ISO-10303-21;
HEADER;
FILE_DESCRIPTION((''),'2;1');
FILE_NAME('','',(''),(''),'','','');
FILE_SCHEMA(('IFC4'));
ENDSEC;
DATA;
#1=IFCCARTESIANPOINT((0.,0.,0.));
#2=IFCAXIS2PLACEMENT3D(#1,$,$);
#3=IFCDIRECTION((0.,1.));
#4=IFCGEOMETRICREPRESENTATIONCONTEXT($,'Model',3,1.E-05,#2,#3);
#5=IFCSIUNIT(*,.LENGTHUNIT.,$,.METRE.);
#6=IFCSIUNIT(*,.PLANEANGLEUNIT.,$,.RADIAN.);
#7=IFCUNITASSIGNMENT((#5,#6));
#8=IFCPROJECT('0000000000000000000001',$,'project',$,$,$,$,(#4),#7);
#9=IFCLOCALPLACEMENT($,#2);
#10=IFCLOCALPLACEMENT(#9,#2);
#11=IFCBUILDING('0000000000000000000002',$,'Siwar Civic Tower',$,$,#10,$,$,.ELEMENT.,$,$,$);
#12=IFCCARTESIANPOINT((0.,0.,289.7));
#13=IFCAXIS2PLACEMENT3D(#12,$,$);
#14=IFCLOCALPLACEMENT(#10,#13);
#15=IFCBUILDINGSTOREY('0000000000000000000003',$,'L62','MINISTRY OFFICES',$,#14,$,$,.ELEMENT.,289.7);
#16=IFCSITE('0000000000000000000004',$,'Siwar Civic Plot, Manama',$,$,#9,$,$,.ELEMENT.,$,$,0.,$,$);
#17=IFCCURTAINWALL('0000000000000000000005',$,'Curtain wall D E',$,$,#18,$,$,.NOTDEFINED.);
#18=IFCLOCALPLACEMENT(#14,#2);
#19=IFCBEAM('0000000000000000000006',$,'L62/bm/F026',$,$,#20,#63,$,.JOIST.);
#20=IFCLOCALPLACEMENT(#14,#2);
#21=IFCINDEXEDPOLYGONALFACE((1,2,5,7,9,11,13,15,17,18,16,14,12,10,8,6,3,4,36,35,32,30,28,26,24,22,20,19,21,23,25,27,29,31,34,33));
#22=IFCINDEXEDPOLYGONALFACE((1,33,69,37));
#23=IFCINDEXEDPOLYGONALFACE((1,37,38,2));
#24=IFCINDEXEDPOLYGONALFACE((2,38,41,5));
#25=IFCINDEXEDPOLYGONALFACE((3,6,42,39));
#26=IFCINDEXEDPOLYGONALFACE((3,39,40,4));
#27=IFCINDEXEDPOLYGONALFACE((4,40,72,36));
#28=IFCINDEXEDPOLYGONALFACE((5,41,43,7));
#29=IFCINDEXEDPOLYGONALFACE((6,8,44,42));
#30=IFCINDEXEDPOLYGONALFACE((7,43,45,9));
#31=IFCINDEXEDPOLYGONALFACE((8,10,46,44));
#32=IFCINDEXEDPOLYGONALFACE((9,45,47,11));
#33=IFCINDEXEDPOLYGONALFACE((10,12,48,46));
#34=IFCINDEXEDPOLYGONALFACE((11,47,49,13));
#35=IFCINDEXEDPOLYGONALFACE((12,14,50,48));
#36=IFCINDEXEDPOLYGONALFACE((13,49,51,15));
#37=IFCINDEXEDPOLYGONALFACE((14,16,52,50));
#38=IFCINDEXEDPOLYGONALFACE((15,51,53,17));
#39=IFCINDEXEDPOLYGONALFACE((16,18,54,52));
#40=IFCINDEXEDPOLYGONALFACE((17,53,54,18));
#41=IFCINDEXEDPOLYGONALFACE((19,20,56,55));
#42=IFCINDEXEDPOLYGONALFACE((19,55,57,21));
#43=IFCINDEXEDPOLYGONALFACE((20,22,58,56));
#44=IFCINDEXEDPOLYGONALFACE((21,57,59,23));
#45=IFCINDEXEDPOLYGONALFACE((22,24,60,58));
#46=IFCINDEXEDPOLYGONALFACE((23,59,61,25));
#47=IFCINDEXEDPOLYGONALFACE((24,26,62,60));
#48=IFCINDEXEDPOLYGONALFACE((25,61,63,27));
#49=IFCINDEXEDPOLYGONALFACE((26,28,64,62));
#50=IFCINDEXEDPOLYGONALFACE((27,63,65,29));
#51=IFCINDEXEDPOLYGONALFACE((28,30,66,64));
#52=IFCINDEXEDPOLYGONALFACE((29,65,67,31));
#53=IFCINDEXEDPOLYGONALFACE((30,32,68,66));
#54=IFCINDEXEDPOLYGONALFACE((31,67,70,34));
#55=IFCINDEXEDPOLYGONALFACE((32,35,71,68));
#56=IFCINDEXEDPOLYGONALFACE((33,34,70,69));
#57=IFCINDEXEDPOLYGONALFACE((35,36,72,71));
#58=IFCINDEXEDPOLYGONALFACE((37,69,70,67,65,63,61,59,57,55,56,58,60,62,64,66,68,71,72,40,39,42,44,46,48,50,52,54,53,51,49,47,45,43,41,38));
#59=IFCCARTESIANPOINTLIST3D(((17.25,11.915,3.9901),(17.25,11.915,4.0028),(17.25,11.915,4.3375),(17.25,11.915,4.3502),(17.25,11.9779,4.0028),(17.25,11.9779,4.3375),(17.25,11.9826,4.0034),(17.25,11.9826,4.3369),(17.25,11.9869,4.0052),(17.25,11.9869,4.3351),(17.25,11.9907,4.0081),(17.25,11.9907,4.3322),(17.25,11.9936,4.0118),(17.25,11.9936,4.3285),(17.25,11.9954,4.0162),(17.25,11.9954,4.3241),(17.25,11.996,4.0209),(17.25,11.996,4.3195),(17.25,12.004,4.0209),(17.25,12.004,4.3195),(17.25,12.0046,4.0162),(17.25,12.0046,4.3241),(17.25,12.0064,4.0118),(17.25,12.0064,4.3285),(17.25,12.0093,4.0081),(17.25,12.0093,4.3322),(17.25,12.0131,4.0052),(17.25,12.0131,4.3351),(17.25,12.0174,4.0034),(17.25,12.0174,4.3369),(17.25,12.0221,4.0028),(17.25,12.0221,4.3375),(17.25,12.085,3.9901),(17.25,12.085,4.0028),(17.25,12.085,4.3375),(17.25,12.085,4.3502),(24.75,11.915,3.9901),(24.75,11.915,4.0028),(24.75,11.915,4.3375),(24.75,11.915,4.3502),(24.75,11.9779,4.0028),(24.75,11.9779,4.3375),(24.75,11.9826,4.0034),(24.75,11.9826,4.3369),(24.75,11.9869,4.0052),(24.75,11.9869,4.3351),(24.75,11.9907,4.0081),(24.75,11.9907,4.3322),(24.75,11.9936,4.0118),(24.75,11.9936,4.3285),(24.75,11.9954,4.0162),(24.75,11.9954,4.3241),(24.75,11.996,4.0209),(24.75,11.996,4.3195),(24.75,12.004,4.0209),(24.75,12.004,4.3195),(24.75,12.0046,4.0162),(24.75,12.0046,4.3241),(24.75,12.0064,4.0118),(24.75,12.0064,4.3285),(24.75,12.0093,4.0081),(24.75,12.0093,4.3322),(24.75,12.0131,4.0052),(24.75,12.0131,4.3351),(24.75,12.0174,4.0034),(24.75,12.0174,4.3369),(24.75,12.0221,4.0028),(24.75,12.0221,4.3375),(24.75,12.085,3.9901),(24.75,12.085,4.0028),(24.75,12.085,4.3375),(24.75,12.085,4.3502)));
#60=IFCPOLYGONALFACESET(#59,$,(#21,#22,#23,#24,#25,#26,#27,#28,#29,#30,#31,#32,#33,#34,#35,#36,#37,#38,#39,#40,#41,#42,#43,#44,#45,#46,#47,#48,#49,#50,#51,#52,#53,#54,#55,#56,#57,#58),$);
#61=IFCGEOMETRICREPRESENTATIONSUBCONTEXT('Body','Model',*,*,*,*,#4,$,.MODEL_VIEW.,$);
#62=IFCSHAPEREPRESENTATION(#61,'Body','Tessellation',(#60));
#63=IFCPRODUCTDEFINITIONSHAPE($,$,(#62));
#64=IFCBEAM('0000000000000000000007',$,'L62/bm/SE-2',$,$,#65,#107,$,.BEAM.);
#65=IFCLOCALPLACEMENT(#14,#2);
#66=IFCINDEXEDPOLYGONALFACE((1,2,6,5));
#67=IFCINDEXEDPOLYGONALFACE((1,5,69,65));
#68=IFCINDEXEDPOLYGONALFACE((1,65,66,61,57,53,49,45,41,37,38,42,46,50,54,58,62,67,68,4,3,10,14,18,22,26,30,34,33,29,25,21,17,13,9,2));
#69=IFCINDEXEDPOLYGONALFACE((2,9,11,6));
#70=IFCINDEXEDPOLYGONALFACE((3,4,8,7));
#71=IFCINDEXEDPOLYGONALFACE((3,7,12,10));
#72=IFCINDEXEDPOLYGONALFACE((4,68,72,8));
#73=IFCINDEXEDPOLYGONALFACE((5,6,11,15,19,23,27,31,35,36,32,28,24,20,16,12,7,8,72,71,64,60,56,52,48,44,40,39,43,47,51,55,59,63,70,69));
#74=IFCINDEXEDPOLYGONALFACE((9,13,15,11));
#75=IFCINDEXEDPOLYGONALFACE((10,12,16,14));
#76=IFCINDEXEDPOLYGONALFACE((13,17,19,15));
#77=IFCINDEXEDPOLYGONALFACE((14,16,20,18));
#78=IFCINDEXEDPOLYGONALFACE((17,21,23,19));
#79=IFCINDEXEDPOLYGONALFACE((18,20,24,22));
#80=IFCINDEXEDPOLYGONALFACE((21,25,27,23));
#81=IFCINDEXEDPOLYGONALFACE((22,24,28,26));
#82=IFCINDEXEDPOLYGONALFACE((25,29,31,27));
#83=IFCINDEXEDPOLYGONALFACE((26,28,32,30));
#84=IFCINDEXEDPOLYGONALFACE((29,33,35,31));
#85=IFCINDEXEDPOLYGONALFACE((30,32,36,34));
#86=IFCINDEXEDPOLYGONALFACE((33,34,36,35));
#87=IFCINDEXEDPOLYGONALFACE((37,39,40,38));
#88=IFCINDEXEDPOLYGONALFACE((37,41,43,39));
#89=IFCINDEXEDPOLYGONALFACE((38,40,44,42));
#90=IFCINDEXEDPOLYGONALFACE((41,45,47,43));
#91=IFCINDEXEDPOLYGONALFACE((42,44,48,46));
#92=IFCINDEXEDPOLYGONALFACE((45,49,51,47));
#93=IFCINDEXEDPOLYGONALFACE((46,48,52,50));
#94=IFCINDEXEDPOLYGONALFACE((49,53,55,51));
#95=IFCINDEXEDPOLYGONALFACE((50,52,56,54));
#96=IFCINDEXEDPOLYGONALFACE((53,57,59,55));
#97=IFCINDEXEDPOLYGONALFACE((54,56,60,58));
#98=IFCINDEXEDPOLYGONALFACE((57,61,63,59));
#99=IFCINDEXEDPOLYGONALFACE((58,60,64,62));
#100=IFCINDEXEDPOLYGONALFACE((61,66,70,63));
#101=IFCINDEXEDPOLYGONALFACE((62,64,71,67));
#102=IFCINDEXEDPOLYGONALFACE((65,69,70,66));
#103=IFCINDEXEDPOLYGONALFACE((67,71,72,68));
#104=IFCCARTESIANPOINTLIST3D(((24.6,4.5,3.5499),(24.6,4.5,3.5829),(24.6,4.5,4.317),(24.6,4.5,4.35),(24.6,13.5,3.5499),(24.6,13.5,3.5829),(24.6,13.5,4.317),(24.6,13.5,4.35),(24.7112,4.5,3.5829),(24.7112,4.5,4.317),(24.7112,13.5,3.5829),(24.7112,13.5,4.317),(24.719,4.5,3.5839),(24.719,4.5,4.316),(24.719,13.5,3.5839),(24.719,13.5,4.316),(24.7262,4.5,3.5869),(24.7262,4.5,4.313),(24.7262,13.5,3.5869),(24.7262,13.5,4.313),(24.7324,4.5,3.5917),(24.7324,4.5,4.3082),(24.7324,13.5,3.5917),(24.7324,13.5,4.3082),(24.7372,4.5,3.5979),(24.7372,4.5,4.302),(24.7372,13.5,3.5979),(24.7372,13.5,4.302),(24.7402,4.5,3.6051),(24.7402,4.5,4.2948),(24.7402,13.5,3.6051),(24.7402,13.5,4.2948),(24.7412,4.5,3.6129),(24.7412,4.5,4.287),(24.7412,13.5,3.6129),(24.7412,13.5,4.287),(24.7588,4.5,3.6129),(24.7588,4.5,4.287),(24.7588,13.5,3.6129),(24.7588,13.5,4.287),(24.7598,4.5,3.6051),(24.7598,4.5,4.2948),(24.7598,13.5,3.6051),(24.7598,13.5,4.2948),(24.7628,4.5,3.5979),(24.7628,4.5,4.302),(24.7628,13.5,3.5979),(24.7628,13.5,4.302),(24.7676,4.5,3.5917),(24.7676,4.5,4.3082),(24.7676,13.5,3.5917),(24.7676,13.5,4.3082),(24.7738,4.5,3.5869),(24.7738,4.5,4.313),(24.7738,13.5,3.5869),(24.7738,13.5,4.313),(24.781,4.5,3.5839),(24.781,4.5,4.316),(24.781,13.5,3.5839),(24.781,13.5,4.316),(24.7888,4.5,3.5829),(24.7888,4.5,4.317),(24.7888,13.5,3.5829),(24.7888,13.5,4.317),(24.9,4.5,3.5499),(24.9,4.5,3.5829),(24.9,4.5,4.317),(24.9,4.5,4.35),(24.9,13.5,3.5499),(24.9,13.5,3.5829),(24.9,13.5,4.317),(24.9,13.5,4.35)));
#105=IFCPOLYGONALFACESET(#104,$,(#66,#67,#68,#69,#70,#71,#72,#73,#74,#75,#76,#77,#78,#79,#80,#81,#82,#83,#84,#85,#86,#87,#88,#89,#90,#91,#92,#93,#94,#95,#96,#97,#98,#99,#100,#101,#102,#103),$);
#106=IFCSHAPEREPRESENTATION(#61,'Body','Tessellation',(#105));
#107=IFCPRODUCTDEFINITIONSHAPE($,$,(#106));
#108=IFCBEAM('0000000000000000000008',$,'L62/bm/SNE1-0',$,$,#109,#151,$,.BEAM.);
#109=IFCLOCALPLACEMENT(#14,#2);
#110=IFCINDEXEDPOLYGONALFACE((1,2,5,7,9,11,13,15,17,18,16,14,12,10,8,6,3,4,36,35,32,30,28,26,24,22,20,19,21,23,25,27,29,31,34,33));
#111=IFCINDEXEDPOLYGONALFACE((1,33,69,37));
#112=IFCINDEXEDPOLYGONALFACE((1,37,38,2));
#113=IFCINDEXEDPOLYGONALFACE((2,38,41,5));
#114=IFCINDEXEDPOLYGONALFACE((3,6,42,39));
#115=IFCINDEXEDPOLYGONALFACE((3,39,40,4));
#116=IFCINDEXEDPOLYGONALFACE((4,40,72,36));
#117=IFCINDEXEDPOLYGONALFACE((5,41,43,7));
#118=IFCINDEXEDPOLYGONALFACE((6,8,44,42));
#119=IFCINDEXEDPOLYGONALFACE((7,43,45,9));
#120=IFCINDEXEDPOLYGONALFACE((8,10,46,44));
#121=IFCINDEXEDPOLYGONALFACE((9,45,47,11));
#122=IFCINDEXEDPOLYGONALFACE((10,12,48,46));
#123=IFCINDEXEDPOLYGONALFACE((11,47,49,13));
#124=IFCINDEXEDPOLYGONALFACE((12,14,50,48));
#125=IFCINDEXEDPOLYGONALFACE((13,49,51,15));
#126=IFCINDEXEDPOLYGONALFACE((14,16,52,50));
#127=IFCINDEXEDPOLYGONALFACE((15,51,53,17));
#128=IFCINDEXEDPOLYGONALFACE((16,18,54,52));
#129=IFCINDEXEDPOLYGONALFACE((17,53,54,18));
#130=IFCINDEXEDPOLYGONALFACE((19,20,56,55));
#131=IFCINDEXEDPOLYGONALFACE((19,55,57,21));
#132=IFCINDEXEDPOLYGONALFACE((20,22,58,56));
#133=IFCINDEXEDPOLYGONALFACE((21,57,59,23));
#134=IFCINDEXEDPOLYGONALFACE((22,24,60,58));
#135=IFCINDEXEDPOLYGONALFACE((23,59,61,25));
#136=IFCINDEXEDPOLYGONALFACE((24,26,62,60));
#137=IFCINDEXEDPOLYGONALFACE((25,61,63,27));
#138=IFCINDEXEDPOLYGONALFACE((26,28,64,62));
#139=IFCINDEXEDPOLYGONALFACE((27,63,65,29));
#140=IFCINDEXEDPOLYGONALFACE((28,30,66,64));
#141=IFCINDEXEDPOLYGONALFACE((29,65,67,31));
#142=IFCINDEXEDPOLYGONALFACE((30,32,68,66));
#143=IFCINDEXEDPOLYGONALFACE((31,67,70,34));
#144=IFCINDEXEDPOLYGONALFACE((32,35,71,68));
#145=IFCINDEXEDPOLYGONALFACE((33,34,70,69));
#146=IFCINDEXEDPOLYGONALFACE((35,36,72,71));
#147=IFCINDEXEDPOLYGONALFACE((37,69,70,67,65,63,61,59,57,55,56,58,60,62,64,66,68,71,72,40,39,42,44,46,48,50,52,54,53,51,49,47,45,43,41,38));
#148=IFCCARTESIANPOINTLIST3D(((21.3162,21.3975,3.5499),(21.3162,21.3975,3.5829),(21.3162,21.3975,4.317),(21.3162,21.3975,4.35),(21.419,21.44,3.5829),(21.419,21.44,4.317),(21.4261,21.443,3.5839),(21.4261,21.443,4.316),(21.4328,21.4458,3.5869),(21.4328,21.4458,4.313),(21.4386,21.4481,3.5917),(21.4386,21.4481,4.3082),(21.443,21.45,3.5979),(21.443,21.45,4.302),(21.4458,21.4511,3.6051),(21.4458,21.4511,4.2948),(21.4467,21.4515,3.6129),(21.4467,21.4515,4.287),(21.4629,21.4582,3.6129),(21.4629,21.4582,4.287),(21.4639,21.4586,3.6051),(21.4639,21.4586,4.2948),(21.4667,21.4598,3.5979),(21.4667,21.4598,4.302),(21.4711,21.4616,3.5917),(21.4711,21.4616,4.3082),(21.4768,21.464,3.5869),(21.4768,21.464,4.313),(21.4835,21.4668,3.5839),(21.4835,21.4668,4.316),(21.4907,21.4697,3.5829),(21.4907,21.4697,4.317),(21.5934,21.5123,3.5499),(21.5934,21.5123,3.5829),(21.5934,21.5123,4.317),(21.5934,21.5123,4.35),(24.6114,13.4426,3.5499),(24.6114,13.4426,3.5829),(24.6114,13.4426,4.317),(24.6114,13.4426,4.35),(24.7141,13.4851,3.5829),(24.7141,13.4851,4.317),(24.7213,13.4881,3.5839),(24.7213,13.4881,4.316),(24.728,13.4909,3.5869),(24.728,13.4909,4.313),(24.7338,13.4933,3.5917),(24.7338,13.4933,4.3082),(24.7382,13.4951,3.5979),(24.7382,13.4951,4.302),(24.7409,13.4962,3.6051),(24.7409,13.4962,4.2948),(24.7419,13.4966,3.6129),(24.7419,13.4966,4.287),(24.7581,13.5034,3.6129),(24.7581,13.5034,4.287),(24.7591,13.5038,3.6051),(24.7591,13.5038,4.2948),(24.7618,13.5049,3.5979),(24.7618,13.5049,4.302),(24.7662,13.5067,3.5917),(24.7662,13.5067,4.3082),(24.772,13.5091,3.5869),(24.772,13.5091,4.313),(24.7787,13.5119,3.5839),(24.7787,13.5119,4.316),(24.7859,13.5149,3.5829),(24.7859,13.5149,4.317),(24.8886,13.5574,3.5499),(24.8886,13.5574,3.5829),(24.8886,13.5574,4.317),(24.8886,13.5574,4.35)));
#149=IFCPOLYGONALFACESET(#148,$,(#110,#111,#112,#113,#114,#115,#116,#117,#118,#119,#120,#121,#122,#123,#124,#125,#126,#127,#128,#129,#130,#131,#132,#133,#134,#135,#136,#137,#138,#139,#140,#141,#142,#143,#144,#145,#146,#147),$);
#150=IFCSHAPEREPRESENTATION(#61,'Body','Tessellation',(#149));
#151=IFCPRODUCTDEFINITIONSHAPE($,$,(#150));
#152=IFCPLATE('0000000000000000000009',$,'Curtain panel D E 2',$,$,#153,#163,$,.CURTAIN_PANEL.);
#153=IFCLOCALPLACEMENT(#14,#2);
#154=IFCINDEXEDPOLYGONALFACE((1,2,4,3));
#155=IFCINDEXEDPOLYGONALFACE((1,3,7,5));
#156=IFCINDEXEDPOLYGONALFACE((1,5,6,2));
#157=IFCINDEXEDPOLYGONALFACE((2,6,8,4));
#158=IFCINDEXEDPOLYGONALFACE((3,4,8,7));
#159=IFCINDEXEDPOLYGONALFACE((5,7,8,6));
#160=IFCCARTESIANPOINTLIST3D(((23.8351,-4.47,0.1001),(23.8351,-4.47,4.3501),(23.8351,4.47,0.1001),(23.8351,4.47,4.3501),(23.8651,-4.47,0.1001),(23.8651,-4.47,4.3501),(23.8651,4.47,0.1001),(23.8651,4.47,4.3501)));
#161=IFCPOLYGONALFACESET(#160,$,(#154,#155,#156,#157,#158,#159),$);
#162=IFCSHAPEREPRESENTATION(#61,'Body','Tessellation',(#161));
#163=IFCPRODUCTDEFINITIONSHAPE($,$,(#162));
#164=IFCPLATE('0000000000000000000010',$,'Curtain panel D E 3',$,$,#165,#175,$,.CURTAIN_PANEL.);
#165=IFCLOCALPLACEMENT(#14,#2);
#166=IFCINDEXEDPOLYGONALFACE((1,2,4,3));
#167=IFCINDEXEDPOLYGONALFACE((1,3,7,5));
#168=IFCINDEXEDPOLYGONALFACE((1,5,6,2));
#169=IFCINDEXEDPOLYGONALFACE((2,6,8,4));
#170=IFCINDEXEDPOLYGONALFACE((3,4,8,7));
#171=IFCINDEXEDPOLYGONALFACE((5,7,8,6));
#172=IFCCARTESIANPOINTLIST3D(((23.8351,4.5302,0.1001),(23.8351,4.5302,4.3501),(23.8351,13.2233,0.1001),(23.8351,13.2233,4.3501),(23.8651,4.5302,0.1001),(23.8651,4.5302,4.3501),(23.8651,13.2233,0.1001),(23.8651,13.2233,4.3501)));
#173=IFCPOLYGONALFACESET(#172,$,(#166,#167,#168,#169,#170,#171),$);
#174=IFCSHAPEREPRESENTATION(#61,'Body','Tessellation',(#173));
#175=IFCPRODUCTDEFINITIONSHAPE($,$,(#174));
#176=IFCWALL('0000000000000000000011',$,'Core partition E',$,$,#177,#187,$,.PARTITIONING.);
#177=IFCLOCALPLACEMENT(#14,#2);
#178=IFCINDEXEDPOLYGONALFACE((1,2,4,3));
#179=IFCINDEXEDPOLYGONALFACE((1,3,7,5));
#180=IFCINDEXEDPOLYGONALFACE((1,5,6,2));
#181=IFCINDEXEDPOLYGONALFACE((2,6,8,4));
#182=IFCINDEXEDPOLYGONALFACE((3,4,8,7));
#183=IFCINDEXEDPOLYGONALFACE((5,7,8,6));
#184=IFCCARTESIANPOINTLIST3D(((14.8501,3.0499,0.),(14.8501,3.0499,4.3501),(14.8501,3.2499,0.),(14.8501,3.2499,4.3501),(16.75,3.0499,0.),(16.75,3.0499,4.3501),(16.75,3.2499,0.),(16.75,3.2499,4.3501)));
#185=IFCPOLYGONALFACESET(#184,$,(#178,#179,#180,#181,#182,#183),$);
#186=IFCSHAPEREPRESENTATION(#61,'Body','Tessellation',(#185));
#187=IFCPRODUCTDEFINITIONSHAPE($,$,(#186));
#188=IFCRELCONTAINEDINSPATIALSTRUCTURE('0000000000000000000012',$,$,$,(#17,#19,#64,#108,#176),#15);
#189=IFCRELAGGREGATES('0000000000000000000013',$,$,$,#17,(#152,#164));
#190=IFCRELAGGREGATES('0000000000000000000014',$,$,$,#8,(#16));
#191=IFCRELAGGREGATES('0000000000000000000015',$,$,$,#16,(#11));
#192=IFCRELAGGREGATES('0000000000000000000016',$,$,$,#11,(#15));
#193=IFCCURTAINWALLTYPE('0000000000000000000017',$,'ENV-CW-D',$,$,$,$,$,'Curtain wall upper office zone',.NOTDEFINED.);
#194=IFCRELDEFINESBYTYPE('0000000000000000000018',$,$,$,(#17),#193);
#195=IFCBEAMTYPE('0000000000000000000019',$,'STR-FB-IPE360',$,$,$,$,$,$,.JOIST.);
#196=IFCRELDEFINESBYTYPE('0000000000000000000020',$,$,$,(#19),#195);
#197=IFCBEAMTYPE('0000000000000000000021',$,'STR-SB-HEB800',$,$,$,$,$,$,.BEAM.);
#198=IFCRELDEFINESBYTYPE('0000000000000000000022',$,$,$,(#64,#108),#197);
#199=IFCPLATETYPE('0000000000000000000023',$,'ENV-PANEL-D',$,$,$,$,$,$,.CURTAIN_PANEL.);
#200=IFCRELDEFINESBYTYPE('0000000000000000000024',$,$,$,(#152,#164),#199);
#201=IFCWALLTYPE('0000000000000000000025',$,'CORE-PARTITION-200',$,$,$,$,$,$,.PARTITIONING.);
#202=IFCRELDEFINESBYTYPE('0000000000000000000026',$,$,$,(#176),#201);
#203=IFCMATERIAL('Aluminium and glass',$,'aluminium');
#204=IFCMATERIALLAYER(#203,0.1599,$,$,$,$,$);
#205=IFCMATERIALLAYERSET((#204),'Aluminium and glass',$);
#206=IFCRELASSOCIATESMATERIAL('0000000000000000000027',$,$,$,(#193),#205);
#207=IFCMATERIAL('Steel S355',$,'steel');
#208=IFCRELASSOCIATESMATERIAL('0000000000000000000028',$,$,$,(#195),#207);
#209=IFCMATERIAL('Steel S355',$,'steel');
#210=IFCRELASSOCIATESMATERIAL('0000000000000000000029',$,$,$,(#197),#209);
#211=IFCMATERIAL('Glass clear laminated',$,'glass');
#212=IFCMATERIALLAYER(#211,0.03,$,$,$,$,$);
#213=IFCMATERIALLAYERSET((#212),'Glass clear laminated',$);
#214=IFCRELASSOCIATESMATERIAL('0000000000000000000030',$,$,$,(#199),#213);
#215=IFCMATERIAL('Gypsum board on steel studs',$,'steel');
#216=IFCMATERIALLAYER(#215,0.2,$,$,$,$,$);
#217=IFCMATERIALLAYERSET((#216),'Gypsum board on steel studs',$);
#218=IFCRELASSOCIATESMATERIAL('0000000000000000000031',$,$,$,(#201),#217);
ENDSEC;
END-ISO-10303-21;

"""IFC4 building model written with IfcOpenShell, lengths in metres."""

from ifc_helpers import new_model, si_unit, direction, frame, frame_2d, origin, origin_2d, place, context, subcontext, project, spatial, rectangle, i_section, extrude, material, layer, layer_set, material_profile, profile_set, type_object, element, aggregate, save


model = new_model("IFC4")

# Units and contexts
model_context = context("Model", 3, precision=1e-05, world=origin(), true_north=direction((0.0, 1.0)))
body_context = subcontext(model_context, "Body", "Model", "MODEL_VIEW")
ifc_project = project(units=[si_unit("LENGTHUNIT", "METRE"), si_unit("PLANEANGLEUNIT", "RADIAN")], contexts=[model_context])

# Site, building, storey
site_placement = place(None, origin())
site = spatial("IfcSite", under=ifc_project, at=site_placement, Name="Siwar Civic Plot, Manama", CompositionType="ELEMENT", RefElevation=0.0)
building_placement = place(site_placement, origin())
building = spatial("IfcBuilding", under=site, at=building_placement, Name="Siwar Civic Tower", CompositionType="ELEMENT")
storey_placement = place(building_placement, frame((0.0, 0.0, 289.7)))
storey = spatial("IfcBuildingStorey", under=building, at=storey_placement, Name="L62", Description="MINISTRY OFFICES", CompositionType="ELEMENT", Elevation=289.7)

# Curtain wall
ifc_material_1 = material(Name="Aluminium and glass", Category="aluminium")
ifc_layer_1 = layer(ifc_material_1, 0.1599)
ifc_layer_set_1 = layer_set([ifc_layer_1], Name="Aluminium and glass")
curtain_wall_type_1 = type_object("IfcCurtainWallType", Name="ENV-CW-D", ElementType="Curtain wall upper office zone", PredefinedType="NOTDEFINED", material=ifc_layer_set_1)
curtain_wall_1_placement = place(storey_placement, origin())
curtain_wall_1 = element("IfcCurtainWall", 1, at=curtain_wall_1_placement, inside=storey, type_object=curtain_wall_type_1, Name="Curtain wall D E", PredefinedType="NOTDEFINED")

# Beams
ifc_material_2 = material(Name="Steel S355", Category="steel")
ifc_material_profile_1 = material_profile(ifc_material_2, i_section(OverallWidth=0.1699, OverallDepth=0.3601, WebThickness=0.0081, FlangeThickness=0.0127, FilletRadius=0.0181, at=origin_2d()), Name="IPE360")
ifc_profile_set_1 = profile_set([ifc_material_profile_1], Name="Steel S355")
beam_type_1 = type_object("IfcBeamType", Name="STR-FB-IPE360", PredefinedType="JOIST", material=ifc_profile_set_1)
for number, where, z_axis, x_axis, name in (
    (2, (17.25, 12.0, 4.1702), (1.0, 0.0, 0.0), (0.0, 1.0, 0.0), "L62/bm/F026"),
):
    element("IfcBeam", number, at=place(storey_placement, frame(where, z_axis=z_axis, x_axis=x_axis)), inside=storey, type_object=beam_type_1, Name=name, PredefinedType="JOIST", context=body_context, shape_type="SweptSolid", body=[
        extrude(i_section(OverallWidth=0.1699, OverallDepth=0.3601, WebThickness=0.0081, FlangeThickness=0.0127, FilletRadius=0.0181, at=origin_2d()), origin(), (0.0, 0.0, 1.0), 7.5),
    ])
ifc_material_3 = material(Name="Steel S355", Category="steel")
ifc_material_profile_2 = material_profile(ifc_material_3, i_section(OverallWidth=0.3, OverallDepth=0.8, WebThickness=0.0176, FlangeThickness=0.033, FilletRadius=0.03, at=origin_2d()), Name="HEB800")
ifc_profile_set_2 = profile_set([ifc_material_profile_2], Name="Steel S355")
beam_type_2 = type_object("IfcBeamType", Name="STR-SB-HEB800", PredefinedType="BEAM", material=ifc_profile_set_2)
beam_1_placement = place(storey_placement, frame((24.75, 4.5, 3.95), z_axis=(0.0, 1.0, 0.0), x_axis=(-1.0, 0.0, 0.0)))
element("IfcBeam", 3, at=beam_1_placement, inside=storey, type_object=beam_type_2, Name="L62/bm/SE-2", PredefinedType="BEAM", context=body_context, shape_type="SweptSolid", body=[
    extrude(i_section(OverallWidth=0.3, OverallDepth=0.8, WebThickness=0.0176, FlangeThickness=0.033, FilletRadius=0.03, at=origin_2d()), origin(), (0.0, 0.0, 1.0), 9.0),
])
beam_2_placement = place(storey_placement, frame((24.75, 13.5, 3.95), z_axis=(-0.3827, 0.923873, 0.0), x_axis=(-0.923873, -0.3827, 0.0)))
element("IfcBeam", 4, at=beam_2_placement, inside=storey, type_object=beam_type_2, Name="L62/bm/SNE1-0", PredefinedType="BEAM", context=body_context, shape_type="SweptSolid", body=[
    extrude(i_section(OverallWidth=0.3, OverallDepth=0.8, WebThickness=0.0176, FlangeThickness=0.033, FilletRadius=0.03, at=origin_2d()), origin(), (0.0, 0.0, 1.0), 8.6104),
])

# Plates
ifc_material_4 = material(Name="Glass clear laminated", Category="glass")
ifc_layer_2 = layer(ifc_material_4, 0.03)
ifc_layer_set_2 = layer_set([ifc_layer_2], Name="Glass clear laminated")
plate_type = type_object("IfcPlateType", Name="ENV-PANEL-D", PredefinedType="CURTAIN_PANEL", material=ifc_layer_set_2)
plate_1_placement = place(storey_placement, frame((23.8501, 0.0, 0.1001), z_axis=(0.0, 0.0, 1.0), x_axis=(0.0, 1.0, 0.0)))
plate_1 = element("IfcPlate", 5, at=plate_1_placement, type_object=plate_type, Name="Curtain panel D E 2", PredefinedType="CURTAIN_PANEL", context=body_context, shape_type="SweptSolid", body=[
    extrude(rectangle(XDim=8.9399, YDim=0.03, at=origin_2d()), origin(), (0.0, 0.0, 1.0), 4.25),
])
plate_2_placement = place(storey_placement, frame((23.8501, 8.8767, 0.1001), z_axis=(0.0, 0.0, 1.0), x_axis=(0.0, 1.0, 0.0)))
plate_2 = element("IfcPlate", 6, at=plate_2_placement, type_object=plate_type, Name="Curtain panel D E 3", PredefinedType="CURTAIN_PANEL", context=body_context, shape_type="SweptSolid", body=[
    extrude(rectangle(XDim=8.6931, YDim=0.03, at=origin_2d()), origin(), (0.0, 0.0, 1.0), 4.25),
])
aggregate(curtain_wall_1, [plate_1, plate_2])

# Wall
ifc_material_5 = material(Name="Gypsum board on steel studs", Category="steel")
ifc_layer_3 = layer(ifc_material_5, 0.2)
ifc_layer_set_3 = layer_set([ifc_layer_3], Name="Gypsum board on steel studs")
wall_type_1 = type_object("IfcWallType", Name="CORE-PARTITION-200", PredefinedType="PARTITIONING", material=ifc_layer_set_3)
wall_1_placement = place(storey_placement, frame((14.8501, 3.1499, 0.0), z_axis=(0.0, 0.0, 1.0), x_axis=(1.0, 0.0, 0.0)))
element("IfcWall", 7, at=wall_1_placement, inside=storey, type_object=wall_type_1, Name="Core partition E", PredefinedType="PARTITIONING", context=body_context, shape_type="SweptSolid", body=[
    extrude(rectangle(XDim=1.8999, YDim=0.2, at=frame_2d((0.95, 0.0))), origin(), (0.0, 0.0, 1.0), 4.3501),
])

save(model, "model.ifc")
